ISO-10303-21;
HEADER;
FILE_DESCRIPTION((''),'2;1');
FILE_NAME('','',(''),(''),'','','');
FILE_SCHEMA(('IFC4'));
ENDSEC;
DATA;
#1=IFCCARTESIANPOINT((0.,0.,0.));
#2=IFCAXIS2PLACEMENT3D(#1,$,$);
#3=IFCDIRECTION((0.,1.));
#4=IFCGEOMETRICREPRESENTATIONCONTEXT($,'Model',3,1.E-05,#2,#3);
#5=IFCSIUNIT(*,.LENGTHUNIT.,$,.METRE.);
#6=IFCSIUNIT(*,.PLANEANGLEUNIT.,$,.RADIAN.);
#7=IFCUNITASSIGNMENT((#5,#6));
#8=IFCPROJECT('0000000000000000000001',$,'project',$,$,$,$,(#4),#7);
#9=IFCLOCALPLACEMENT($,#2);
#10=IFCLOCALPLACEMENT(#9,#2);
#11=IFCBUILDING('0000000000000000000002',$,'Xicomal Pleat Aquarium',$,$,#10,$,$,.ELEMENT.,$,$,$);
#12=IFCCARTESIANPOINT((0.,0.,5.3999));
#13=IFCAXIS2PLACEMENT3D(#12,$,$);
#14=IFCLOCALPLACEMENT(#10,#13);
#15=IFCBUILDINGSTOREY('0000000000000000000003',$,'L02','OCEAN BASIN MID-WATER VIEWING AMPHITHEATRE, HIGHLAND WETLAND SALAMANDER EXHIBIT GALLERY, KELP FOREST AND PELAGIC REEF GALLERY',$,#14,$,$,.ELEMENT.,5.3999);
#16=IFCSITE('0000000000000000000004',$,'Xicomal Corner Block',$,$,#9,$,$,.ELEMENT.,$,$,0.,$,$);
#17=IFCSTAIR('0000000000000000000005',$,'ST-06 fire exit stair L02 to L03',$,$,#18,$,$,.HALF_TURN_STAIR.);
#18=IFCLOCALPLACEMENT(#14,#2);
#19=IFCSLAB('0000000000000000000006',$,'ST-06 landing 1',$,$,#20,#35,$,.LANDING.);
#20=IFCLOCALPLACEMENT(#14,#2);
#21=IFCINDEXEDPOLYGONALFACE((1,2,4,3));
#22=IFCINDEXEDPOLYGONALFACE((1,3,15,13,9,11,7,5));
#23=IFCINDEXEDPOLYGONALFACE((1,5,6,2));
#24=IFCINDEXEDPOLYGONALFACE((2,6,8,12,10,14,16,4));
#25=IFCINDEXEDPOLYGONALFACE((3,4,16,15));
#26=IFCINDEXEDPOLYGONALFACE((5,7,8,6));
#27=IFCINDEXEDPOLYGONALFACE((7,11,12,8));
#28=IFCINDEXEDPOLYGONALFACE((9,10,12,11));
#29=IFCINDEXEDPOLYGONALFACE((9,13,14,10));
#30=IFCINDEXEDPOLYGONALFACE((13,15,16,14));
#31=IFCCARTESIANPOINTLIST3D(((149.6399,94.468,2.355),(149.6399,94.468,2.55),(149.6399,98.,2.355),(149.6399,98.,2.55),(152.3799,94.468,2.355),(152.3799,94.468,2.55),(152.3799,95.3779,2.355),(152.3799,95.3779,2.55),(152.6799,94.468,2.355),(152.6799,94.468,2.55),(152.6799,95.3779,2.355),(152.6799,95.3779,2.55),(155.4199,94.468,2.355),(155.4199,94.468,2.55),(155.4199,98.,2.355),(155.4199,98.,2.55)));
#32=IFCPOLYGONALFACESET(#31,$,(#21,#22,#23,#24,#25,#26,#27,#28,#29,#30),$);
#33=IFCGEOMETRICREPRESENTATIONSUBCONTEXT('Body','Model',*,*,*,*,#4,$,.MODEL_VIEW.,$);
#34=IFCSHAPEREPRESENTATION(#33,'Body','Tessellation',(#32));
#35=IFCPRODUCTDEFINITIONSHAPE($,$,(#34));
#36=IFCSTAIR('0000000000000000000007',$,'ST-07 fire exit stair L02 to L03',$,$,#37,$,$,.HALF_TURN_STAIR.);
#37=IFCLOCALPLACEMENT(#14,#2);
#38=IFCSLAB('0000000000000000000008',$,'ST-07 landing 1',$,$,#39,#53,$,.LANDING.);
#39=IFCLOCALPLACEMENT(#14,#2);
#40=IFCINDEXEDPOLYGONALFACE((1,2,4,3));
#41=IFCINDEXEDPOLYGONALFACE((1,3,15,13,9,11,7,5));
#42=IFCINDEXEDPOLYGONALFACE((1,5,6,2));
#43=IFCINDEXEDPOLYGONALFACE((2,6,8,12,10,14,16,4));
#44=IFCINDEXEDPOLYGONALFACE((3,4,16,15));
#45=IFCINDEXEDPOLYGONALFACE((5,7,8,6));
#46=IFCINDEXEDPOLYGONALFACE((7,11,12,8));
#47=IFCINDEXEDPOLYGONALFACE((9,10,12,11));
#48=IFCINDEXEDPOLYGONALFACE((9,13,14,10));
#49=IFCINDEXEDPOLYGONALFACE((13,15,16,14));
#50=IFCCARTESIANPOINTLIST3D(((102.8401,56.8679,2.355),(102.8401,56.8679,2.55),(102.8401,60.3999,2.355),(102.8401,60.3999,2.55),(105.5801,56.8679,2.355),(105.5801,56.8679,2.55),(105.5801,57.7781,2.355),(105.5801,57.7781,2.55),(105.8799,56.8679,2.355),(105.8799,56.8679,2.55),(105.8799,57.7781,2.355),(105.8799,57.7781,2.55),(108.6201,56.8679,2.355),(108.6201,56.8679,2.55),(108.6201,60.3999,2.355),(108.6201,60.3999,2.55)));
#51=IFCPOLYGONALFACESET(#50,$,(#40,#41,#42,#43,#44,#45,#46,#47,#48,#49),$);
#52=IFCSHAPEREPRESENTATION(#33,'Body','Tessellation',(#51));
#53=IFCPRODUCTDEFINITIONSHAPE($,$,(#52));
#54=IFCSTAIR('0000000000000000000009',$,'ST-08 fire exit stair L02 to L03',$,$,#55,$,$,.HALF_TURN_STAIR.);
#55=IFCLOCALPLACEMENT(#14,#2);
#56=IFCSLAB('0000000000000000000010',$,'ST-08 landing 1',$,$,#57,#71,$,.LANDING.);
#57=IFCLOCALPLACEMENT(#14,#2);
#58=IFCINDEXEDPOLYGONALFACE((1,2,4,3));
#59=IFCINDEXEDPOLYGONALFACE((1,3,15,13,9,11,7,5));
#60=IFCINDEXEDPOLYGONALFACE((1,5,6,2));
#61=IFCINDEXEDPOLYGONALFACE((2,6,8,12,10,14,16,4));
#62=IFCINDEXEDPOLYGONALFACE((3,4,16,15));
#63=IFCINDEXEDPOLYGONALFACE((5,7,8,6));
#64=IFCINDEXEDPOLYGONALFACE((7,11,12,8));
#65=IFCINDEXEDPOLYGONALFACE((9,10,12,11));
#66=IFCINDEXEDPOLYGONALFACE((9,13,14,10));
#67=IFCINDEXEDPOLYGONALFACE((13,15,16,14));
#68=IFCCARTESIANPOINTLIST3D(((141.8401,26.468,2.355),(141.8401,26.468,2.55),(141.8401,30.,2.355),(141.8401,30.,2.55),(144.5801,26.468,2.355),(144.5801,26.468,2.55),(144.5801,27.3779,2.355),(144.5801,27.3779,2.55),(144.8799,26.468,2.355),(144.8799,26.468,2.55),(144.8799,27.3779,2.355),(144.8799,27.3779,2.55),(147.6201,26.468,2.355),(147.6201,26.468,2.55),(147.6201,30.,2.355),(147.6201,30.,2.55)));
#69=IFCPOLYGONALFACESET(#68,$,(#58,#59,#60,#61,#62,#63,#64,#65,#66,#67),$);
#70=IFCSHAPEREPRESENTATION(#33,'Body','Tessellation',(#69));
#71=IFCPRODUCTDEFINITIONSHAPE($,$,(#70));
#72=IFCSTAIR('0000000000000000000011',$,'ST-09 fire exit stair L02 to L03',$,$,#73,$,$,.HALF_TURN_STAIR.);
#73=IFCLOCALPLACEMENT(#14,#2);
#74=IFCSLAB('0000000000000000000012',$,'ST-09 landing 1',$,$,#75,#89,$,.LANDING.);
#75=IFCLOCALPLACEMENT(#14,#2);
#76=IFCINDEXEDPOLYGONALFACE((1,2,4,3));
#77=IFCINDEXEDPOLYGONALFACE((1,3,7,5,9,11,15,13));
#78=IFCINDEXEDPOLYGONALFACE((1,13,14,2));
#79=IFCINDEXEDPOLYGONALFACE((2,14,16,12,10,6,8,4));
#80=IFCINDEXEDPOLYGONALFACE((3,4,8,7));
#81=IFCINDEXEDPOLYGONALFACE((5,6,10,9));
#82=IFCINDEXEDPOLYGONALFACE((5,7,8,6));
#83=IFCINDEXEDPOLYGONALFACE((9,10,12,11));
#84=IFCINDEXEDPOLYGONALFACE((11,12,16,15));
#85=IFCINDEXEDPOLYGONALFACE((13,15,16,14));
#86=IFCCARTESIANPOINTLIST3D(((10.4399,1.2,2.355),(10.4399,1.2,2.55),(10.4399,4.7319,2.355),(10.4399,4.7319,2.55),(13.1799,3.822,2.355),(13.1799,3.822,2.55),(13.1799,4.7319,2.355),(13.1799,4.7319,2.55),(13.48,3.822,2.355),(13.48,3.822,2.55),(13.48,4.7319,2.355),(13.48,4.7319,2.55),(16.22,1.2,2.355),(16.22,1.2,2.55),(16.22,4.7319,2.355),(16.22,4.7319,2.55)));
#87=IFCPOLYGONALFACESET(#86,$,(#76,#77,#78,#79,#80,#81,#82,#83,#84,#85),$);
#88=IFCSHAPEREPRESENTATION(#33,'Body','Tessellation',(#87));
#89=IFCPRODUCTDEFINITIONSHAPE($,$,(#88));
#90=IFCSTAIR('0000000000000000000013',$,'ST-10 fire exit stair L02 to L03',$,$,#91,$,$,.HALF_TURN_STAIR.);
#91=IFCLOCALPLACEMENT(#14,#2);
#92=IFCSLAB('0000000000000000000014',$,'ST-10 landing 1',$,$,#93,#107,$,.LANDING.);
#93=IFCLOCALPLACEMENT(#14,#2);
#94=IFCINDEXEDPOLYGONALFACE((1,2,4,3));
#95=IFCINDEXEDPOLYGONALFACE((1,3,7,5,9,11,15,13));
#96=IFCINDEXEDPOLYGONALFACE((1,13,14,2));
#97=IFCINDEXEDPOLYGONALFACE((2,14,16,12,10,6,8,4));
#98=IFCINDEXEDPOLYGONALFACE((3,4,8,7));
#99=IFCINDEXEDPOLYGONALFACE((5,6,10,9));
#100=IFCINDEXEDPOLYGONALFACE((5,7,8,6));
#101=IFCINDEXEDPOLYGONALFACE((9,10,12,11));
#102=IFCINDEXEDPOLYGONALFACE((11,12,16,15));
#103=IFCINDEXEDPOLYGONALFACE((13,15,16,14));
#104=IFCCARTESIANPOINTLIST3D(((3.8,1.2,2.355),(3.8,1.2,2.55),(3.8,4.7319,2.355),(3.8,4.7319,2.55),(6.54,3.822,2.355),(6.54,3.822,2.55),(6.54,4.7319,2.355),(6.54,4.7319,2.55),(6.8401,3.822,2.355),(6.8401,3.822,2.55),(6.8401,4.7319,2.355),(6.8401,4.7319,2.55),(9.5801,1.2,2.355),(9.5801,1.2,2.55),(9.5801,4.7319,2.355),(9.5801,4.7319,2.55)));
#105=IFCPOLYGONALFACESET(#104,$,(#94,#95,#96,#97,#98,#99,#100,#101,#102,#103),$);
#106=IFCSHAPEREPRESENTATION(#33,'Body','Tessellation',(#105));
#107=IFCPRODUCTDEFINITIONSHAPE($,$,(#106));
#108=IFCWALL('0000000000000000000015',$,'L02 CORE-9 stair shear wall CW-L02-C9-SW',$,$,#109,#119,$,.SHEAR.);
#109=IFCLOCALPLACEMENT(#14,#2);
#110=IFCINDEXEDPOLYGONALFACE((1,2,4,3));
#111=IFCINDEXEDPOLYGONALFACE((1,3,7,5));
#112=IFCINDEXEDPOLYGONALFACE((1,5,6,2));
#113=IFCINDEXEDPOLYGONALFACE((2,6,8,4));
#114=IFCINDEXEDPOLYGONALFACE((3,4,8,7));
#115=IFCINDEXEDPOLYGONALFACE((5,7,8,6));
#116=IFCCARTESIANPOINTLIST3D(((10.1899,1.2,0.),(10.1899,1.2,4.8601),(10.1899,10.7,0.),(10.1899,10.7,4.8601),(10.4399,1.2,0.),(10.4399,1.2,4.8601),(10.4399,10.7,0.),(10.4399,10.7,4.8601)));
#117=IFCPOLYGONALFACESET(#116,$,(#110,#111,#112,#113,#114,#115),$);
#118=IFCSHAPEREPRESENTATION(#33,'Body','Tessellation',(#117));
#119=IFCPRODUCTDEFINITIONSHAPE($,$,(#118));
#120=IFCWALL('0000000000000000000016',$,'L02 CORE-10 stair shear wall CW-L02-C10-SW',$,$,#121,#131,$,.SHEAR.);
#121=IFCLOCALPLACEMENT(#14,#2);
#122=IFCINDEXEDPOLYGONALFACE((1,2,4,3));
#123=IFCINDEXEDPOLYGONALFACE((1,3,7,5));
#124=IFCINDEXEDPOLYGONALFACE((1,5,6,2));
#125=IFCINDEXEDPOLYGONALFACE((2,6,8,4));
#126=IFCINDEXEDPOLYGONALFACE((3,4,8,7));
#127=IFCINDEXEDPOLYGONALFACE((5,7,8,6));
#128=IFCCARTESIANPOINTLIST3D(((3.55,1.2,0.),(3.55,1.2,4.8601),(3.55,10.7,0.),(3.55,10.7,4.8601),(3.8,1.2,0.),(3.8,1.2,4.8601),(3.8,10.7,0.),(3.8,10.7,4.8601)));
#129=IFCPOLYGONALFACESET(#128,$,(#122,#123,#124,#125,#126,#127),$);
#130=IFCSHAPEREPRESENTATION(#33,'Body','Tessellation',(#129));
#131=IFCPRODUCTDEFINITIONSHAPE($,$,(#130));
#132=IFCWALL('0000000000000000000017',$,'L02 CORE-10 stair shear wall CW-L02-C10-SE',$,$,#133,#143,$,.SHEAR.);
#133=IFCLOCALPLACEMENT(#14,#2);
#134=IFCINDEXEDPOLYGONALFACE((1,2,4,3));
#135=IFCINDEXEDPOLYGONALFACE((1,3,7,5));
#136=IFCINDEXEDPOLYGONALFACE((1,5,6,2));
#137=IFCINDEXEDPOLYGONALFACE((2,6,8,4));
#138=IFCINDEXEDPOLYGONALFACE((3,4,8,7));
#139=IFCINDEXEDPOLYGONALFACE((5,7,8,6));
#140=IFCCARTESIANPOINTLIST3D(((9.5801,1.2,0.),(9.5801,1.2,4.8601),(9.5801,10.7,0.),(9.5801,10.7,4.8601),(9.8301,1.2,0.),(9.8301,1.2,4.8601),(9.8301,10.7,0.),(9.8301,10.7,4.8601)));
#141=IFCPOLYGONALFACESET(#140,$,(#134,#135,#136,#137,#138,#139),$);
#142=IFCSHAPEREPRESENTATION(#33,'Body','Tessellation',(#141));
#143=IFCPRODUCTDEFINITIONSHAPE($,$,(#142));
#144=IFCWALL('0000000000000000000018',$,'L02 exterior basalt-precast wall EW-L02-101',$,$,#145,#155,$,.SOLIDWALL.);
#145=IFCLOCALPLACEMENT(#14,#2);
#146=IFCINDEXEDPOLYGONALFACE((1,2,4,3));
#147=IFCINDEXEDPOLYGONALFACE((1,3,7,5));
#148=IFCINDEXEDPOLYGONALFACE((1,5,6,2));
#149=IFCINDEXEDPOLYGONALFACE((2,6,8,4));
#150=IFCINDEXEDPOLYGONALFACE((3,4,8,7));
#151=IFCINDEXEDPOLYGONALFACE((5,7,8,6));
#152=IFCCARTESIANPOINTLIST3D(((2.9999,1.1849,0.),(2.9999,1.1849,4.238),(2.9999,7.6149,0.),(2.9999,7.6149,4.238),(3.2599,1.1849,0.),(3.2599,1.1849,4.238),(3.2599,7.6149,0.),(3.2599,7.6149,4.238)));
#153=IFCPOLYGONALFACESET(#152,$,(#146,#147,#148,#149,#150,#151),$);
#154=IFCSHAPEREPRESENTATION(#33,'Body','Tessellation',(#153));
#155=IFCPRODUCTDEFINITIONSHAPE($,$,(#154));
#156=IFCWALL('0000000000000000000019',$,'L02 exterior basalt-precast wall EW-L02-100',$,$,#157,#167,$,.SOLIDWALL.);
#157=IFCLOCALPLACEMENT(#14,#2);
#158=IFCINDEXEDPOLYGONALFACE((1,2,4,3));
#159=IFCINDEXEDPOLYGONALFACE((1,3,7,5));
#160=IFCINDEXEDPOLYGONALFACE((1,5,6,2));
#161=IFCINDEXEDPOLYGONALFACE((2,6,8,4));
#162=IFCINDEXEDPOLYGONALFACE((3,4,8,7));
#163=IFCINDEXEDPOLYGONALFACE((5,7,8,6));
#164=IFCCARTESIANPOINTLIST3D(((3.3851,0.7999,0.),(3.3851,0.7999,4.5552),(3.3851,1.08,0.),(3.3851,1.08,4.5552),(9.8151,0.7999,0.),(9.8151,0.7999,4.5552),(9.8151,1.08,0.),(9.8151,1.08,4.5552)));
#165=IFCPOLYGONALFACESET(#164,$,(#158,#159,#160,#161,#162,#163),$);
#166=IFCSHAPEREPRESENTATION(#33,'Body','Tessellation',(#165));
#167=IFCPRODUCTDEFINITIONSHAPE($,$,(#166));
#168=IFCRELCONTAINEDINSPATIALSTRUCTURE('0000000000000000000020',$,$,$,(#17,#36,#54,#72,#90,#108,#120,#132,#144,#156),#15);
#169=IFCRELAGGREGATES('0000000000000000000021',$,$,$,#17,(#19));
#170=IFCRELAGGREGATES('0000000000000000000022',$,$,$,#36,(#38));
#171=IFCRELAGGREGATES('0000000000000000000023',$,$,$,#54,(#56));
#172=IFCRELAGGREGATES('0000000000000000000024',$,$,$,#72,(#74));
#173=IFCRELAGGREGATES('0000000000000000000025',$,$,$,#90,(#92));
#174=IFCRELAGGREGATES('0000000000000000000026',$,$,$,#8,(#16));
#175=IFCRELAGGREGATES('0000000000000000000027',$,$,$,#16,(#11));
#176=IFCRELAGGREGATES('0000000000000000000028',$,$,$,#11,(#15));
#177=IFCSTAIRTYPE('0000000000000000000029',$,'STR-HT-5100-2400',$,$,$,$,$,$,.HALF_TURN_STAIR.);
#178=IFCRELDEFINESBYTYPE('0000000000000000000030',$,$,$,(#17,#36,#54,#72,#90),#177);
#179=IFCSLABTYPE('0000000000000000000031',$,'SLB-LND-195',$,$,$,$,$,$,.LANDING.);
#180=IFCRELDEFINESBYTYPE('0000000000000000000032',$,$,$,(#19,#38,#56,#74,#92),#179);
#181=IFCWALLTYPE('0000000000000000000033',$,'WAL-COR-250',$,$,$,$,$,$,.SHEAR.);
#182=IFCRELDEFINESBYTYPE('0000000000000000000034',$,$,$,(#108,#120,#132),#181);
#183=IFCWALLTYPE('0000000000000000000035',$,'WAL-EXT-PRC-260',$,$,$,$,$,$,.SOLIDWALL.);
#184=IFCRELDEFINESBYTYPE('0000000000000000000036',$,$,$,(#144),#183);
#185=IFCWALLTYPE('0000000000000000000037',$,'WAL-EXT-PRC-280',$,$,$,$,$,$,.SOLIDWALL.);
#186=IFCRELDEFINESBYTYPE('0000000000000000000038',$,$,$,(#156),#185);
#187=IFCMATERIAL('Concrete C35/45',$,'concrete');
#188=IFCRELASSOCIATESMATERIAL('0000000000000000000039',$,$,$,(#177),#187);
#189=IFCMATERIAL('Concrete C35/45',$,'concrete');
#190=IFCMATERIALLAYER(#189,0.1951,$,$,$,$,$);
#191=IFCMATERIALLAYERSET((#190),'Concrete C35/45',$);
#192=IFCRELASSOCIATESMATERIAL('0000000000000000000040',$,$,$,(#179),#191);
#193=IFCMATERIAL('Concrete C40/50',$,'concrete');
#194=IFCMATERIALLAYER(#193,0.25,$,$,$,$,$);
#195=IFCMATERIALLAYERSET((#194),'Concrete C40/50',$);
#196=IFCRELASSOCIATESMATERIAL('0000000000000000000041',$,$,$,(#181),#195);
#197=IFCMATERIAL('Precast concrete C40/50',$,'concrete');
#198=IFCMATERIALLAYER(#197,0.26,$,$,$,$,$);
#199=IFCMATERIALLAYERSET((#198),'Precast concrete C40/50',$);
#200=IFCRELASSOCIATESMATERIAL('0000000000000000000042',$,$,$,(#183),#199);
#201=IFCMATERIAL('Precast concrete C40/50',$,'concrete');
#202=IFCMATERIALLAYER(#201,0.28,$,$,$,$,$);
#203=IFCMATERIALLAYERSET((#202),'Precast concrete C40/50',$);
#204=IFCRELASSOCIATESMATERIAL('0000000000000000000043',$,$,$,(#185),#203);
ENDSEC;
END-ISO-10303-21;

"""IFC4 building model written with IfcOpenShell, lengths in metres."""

from ifc_helpers import new_model, si_unit, direction, frame, frame_2d, origin, place, context, subcontext, project, spatial, polyline, rectangle, outline, extrude, material, layer, layer_set, type_object, element, aggregate, save


model = new_model("IFC4")

# Units and contexts
model_context = context("Model", 3, precision=1e-05, world=origin(), true_north=direction((0.0, 1.0)))
body_context = subcontext(model_context, "Body", "Model", "MODEL_VIEW")
ifc_project = project(units=[si_unit("LENGTHUNIT", "METRE"), si_unit("PLANEANGLEUNIT", "RADIAN")], contexts=[model_context])

# Site, building, storey
site_placement = place(None, origin())
site = spatial("IfcSite", under=ifc_project, at=site_placement, Name="Xicomal Corner Block", CompositionType="ELEMENT", RefElevation=0.0)
building_placement = place(site_placement, origin())
building = spatial("IfcBuilding", under=site, at=building_placement, Name="Xicomal Pleat Aquarium", CompositionType="ELEMENT")
storey_placement = place(building_placement, frame((0.0, 0.0, 5.3999)))
storey = spatial("IfcBuildingStorey", under=building, at=storey_placement, Name="L02", Description="OCEAN BASIN MID-WATER VIEWING AMPHITHEATRE, HIGHLAND WETLAND SALAMANDER EXHIBIT GALLERY, KELP FOREST AND PELAGIC REEF GALLERY", CompositionType="ELEMENT", Elevation=5.3999)

# Stairs, slabs
ifc_material_1 = material(Name="Concrete C35/45", Category="concrete")
stair_type = type_object("IfcStairType", Name="STR-HT-5100-2400", PredefinedType="HALF_TURN_STAIR", material=ifc_material_1)
ifc_material_2 = material(Name="Concrete C35/45", Category="concrete")
ifc_layer_1 = layer(ifc_material_2, 0.1951)
ifc_layer_set_1 = layer_set([ifc_layer_1], Name="Concrete C35/45")
slab_type = type_object("IfcSlabType", Name="SLB-LND-195", PredefinedType="LANDING", material=ifc_layer_set_1)
stair_1_placement = place(storey_placement, origin())
stair_1 = element("IfcStair", 1, at=stair_1_placement, inside=storey, type_object=stair_type, Name="ST-06 fire exit stair L02 to L03", PredefinedType="HALF_TURN_STAIR")
slab_1_placement = place(storey_placement, frame((0.0, 0.0, 2.355)))
slab_1 = element("IfcSlab", 2, at=slab_1_placement, type_object=slab_type, Name="ST-06 landing 1", PredefinedType="LANDING", context=body_context, shape_type="SweptSolid", body=[
    extrude(outline(polyline([(149.6399, 98.0), (155.4199, 98.0), (155.4199, 94.468), (152.6799, 94.468), (152.6799, 95.3779), (152.3799, 95.3779), (152.3799, 94.468), (149.6399, 94.468), (149.6399, 98.0)])), origin(), (0.0, 0.0, 1.0), 0.1951),
])
aggregate(stair_1, [slab_1])
stair_2_placement = place(storey_placement, origin())
stair_2 = element("IfcStair", 3, at=stair_2_placement, inside=storey, type_object=stair_type, Name="ST-07 fire exit stair L02 to L03", PredefinedType="HALF_TURN_STAIR")
slab_2_placement = place(storey_placement, frame((0.0, 0.0, 2.355)))
slab_2 = element("IfcSlab", 4, at=slab_2_placement, type_object=slab_type, Name="ST-07 landing 1", PredefinedType="LANDING", context=body_context, shape_type="SweptSolid", body=[
    extrude(outline(polyline([(102.8401, 60.3999), (108.6201, 60.3999), (108.6201, 56.8679), (105.8799, 56.8679), (105.8799, 57.7781), (105.5801, 57.7781), (105.5801, 56.8679), (102.8401, 56.8679), (102.8401, 60.3999)])), origin(), (0.0, 0.0, 1.0), 0.1951),
])
aggregate(stair_2, [slab_2])
stair_3_placement = place(storey_placement, origin())
stair_3 = element("IfcStair", 5, at=stair_3_placement, inside=storey, type_object=stair_type, Name="ST-08 fire exit stair L02 to L03", PredefinedType="HALF_TURN_STAIR")
slab_3_placement = place(storey_placement, frame((0.0, 0.0, 2.355)))
slab_3 = element("IfcSlab", 6, at=slab_3_placement, type_object=slab_type, Name="ST-08 landing 1", PredefinedType="LANDING", context=body_context, shape_type="SweptSolid", body=[
    extrude(outline(polyline([(141.8401, 30.0), (147.6201, 30.0), (147.6201, 26.468), (144.8799, 26.468), (144.8799, 27.3779), (144.5801, 27.3779), (144.5801, 26.468), (141.8401, 26.468), (141.8401, 30.0)])), origin(), (0.0, 0.0, 1.0), 0.1951),
])
aggregate(stair_3, [slab_3])
stair_4_placement = place(storey_placement, origin())
stair_4 = element("IfcStair", 7, at=stair_4_placement, inside=storey, type_object=stair_type, Name="ST-09 fire exit stair L02 to L03", PredefinedType="HALF_TURN_STAIR")
slab_4_placement = place(storey_placement, frame((0.0, 0.0, 2.355)))
slab_4 = element("IfcSlab", 8, at=slab_4_placement, type_object=slab_type, Name="ST-09 landing 1", PredefinedType="LANDING", context=body_context, shape_type="SweptSolid", body=[
    extrude(outline(polyline([(10.4399, 1.2), (16.22, 1.2), (16.22, 4.7319), (13.48, 4.7319), (13.48, 3.822), (13.1799, 3.822), (13.1799, 4.7319), (10.4399, 4.7319), (10.4399, 1.2)])), origin(), (0.0, 0.0, 1.0), 0.1951),
])
aggregate(stair_4, [slab_4])
stair_5_placement = place(storey_placement, origin())
stair_5 = element("IfcStair", 9, at=stair_5_placement, inside=storey, type_object=stair_type, Name="ST-10 fire exit stair L02 to L03", PredefinedType="HALF_TURN_STAIR")
slab_5_placement = place(storey_placement, frame((0.0, 0.0, 2.355)))
slab_5 = element("IfcSlab", 10, at=slab_5_placement, type_object=slab_type, Name="ST-10 landing 1", PredefinedType="LANDING", context=body_context, shape_type="SweptSolid", body=[
    extrude(outline(polyline([(3.8, 1.2), (9.5801, 1.2), (9.5801, 4.7319), (6.8401, 4.7319), (6.8401, 3.822), (6.54, 3.822), (6.54, 4.7319), (3.8, 4.7319), (3.8, 1.2)])), origin(), (0.0, 0.0, 1.0), 0.1951),
])

# Walls
ifc_material_3 = material(Name="Concrete C40/50", Category="concrete")
ifc_layer_2 = layer(ifc_material_3, 0.25)
ifc_layer_set_2 = layer_set([ifc_layer_2], Name="Concrete C40/50")
wall_type_1 = type_object("IfcWallType", Name="WAL-COR-250", PredefinedType="SHEAR", material=ifc_layer_set_2)
for number, where, z_axis, x_axis, name in (
    (11, (10.3149, 1.2, 0.0), (0.0, 0.0, 1.0), (0.0, 1.0, 0.0), "L02 CORE-9 stair shear wall CW-L02-C9-SW"),
    (12, (3.675, 1.2, 0.0), (0.0, 0.0, 1.0), (0.0, 1.0, 0.0), "L02 CORE-10 stair shear wall CW-L02-C10-SW"),
    (13, (9.7051, 1.2, 0.0), (0.0, 0.0, 1.0), (0.0, 1.0, 0.0), "L02 CORE-10 stair shear wall CW-L02-C10-SE"),
):
    element("IfcWall", number, at=place(storey_placement, frame(where, z_axis=z_axis, x_axis=x_axis)), inside=storey, type_object=wall_type_1, Name=name, PredefinedType="SHEAR", context=body_context, shape_type="SweptSolid", body=[
        extrude(rectangle(XDim=9.5, YDim=0.25, at=frame_2d((4.75, 0.0))), origin(), (0.0, 0.0, 1.0), 4.8601),
    ])
ifc_material_4 = material(Name="Precast concrete C40/50", Category="concrete")
ifc_layer_3 = layer(ifc_material_4, 0.26)
ifc_layer_set_3 = layer_set([ifc_layer_3], Name="Precast concrete C40/50")
wall_type_2 = type_object("IfcWallType", Name="WAL-EXT-PRC-260", PredefinedType="SOLIDWALL", material=ifc_layer_set_3)
wall_1_placement = place(storey_placement, frame((3.1299, 1.1851, 0.0), z_axis=(0.0, 0.0, 1.0), x_axis=(0.0, 1.0, 0.0)))
element("IfcWall", 14, at=wall_1_placement, inside=storey, type_object=wall_type_2, Name="L02 exterior basalt-precast wall EW-L02-101", PredefinedType="SOLIDWALL", context=body_context, shape_type="SweptSolid", body=[
    extrude(rectangle(XDim=6.4299, YDim=0.26, at=frame_2d((3.2148, 0.0))), origin(), (0.0, 0.0, 1.0), 4.238),
])
ifc_material_5 = material(Name="Precast concrete C40/50", Category="concrete")
ifc_layer_4 = layer(ifc_material_5, 0.28)
ifc_layer_set_4 = layer_set([ifc_layer_4], Name="Precast concrete C40/50")
wall_type_3 = type_object("IfcWallType", Name="WAL-EXT-PRC-280", PredefinedType="SOLIDWALL", material=ifc_layer_set_4)
wall_2_placement = place(storey_placement, frame((9.8149, 0.9399, 0.0), z_axis=(0.0, 0.0, 1.0), x_axis=(-1.0, 0.0, 0.0)))
element("IfcWall", 15, at=wall_2_placement, inside=storey, type_object=wall_type_3, Name="L02 exterior basalt-precast wall EW-L02-100", PredefinedType="SOLIDWALL", context=body_context, shape_type="SweptSolid", body=[
    extrude(rectangle(XDim=6.4299, YDim=0.28, at=frame_2d((3.2148, 0.0))), origin(), (0.0, 0.0, 1.0), 4.5552),
])

aggregate(stair_5, [slab_5])

save(model, "model.ifc")
